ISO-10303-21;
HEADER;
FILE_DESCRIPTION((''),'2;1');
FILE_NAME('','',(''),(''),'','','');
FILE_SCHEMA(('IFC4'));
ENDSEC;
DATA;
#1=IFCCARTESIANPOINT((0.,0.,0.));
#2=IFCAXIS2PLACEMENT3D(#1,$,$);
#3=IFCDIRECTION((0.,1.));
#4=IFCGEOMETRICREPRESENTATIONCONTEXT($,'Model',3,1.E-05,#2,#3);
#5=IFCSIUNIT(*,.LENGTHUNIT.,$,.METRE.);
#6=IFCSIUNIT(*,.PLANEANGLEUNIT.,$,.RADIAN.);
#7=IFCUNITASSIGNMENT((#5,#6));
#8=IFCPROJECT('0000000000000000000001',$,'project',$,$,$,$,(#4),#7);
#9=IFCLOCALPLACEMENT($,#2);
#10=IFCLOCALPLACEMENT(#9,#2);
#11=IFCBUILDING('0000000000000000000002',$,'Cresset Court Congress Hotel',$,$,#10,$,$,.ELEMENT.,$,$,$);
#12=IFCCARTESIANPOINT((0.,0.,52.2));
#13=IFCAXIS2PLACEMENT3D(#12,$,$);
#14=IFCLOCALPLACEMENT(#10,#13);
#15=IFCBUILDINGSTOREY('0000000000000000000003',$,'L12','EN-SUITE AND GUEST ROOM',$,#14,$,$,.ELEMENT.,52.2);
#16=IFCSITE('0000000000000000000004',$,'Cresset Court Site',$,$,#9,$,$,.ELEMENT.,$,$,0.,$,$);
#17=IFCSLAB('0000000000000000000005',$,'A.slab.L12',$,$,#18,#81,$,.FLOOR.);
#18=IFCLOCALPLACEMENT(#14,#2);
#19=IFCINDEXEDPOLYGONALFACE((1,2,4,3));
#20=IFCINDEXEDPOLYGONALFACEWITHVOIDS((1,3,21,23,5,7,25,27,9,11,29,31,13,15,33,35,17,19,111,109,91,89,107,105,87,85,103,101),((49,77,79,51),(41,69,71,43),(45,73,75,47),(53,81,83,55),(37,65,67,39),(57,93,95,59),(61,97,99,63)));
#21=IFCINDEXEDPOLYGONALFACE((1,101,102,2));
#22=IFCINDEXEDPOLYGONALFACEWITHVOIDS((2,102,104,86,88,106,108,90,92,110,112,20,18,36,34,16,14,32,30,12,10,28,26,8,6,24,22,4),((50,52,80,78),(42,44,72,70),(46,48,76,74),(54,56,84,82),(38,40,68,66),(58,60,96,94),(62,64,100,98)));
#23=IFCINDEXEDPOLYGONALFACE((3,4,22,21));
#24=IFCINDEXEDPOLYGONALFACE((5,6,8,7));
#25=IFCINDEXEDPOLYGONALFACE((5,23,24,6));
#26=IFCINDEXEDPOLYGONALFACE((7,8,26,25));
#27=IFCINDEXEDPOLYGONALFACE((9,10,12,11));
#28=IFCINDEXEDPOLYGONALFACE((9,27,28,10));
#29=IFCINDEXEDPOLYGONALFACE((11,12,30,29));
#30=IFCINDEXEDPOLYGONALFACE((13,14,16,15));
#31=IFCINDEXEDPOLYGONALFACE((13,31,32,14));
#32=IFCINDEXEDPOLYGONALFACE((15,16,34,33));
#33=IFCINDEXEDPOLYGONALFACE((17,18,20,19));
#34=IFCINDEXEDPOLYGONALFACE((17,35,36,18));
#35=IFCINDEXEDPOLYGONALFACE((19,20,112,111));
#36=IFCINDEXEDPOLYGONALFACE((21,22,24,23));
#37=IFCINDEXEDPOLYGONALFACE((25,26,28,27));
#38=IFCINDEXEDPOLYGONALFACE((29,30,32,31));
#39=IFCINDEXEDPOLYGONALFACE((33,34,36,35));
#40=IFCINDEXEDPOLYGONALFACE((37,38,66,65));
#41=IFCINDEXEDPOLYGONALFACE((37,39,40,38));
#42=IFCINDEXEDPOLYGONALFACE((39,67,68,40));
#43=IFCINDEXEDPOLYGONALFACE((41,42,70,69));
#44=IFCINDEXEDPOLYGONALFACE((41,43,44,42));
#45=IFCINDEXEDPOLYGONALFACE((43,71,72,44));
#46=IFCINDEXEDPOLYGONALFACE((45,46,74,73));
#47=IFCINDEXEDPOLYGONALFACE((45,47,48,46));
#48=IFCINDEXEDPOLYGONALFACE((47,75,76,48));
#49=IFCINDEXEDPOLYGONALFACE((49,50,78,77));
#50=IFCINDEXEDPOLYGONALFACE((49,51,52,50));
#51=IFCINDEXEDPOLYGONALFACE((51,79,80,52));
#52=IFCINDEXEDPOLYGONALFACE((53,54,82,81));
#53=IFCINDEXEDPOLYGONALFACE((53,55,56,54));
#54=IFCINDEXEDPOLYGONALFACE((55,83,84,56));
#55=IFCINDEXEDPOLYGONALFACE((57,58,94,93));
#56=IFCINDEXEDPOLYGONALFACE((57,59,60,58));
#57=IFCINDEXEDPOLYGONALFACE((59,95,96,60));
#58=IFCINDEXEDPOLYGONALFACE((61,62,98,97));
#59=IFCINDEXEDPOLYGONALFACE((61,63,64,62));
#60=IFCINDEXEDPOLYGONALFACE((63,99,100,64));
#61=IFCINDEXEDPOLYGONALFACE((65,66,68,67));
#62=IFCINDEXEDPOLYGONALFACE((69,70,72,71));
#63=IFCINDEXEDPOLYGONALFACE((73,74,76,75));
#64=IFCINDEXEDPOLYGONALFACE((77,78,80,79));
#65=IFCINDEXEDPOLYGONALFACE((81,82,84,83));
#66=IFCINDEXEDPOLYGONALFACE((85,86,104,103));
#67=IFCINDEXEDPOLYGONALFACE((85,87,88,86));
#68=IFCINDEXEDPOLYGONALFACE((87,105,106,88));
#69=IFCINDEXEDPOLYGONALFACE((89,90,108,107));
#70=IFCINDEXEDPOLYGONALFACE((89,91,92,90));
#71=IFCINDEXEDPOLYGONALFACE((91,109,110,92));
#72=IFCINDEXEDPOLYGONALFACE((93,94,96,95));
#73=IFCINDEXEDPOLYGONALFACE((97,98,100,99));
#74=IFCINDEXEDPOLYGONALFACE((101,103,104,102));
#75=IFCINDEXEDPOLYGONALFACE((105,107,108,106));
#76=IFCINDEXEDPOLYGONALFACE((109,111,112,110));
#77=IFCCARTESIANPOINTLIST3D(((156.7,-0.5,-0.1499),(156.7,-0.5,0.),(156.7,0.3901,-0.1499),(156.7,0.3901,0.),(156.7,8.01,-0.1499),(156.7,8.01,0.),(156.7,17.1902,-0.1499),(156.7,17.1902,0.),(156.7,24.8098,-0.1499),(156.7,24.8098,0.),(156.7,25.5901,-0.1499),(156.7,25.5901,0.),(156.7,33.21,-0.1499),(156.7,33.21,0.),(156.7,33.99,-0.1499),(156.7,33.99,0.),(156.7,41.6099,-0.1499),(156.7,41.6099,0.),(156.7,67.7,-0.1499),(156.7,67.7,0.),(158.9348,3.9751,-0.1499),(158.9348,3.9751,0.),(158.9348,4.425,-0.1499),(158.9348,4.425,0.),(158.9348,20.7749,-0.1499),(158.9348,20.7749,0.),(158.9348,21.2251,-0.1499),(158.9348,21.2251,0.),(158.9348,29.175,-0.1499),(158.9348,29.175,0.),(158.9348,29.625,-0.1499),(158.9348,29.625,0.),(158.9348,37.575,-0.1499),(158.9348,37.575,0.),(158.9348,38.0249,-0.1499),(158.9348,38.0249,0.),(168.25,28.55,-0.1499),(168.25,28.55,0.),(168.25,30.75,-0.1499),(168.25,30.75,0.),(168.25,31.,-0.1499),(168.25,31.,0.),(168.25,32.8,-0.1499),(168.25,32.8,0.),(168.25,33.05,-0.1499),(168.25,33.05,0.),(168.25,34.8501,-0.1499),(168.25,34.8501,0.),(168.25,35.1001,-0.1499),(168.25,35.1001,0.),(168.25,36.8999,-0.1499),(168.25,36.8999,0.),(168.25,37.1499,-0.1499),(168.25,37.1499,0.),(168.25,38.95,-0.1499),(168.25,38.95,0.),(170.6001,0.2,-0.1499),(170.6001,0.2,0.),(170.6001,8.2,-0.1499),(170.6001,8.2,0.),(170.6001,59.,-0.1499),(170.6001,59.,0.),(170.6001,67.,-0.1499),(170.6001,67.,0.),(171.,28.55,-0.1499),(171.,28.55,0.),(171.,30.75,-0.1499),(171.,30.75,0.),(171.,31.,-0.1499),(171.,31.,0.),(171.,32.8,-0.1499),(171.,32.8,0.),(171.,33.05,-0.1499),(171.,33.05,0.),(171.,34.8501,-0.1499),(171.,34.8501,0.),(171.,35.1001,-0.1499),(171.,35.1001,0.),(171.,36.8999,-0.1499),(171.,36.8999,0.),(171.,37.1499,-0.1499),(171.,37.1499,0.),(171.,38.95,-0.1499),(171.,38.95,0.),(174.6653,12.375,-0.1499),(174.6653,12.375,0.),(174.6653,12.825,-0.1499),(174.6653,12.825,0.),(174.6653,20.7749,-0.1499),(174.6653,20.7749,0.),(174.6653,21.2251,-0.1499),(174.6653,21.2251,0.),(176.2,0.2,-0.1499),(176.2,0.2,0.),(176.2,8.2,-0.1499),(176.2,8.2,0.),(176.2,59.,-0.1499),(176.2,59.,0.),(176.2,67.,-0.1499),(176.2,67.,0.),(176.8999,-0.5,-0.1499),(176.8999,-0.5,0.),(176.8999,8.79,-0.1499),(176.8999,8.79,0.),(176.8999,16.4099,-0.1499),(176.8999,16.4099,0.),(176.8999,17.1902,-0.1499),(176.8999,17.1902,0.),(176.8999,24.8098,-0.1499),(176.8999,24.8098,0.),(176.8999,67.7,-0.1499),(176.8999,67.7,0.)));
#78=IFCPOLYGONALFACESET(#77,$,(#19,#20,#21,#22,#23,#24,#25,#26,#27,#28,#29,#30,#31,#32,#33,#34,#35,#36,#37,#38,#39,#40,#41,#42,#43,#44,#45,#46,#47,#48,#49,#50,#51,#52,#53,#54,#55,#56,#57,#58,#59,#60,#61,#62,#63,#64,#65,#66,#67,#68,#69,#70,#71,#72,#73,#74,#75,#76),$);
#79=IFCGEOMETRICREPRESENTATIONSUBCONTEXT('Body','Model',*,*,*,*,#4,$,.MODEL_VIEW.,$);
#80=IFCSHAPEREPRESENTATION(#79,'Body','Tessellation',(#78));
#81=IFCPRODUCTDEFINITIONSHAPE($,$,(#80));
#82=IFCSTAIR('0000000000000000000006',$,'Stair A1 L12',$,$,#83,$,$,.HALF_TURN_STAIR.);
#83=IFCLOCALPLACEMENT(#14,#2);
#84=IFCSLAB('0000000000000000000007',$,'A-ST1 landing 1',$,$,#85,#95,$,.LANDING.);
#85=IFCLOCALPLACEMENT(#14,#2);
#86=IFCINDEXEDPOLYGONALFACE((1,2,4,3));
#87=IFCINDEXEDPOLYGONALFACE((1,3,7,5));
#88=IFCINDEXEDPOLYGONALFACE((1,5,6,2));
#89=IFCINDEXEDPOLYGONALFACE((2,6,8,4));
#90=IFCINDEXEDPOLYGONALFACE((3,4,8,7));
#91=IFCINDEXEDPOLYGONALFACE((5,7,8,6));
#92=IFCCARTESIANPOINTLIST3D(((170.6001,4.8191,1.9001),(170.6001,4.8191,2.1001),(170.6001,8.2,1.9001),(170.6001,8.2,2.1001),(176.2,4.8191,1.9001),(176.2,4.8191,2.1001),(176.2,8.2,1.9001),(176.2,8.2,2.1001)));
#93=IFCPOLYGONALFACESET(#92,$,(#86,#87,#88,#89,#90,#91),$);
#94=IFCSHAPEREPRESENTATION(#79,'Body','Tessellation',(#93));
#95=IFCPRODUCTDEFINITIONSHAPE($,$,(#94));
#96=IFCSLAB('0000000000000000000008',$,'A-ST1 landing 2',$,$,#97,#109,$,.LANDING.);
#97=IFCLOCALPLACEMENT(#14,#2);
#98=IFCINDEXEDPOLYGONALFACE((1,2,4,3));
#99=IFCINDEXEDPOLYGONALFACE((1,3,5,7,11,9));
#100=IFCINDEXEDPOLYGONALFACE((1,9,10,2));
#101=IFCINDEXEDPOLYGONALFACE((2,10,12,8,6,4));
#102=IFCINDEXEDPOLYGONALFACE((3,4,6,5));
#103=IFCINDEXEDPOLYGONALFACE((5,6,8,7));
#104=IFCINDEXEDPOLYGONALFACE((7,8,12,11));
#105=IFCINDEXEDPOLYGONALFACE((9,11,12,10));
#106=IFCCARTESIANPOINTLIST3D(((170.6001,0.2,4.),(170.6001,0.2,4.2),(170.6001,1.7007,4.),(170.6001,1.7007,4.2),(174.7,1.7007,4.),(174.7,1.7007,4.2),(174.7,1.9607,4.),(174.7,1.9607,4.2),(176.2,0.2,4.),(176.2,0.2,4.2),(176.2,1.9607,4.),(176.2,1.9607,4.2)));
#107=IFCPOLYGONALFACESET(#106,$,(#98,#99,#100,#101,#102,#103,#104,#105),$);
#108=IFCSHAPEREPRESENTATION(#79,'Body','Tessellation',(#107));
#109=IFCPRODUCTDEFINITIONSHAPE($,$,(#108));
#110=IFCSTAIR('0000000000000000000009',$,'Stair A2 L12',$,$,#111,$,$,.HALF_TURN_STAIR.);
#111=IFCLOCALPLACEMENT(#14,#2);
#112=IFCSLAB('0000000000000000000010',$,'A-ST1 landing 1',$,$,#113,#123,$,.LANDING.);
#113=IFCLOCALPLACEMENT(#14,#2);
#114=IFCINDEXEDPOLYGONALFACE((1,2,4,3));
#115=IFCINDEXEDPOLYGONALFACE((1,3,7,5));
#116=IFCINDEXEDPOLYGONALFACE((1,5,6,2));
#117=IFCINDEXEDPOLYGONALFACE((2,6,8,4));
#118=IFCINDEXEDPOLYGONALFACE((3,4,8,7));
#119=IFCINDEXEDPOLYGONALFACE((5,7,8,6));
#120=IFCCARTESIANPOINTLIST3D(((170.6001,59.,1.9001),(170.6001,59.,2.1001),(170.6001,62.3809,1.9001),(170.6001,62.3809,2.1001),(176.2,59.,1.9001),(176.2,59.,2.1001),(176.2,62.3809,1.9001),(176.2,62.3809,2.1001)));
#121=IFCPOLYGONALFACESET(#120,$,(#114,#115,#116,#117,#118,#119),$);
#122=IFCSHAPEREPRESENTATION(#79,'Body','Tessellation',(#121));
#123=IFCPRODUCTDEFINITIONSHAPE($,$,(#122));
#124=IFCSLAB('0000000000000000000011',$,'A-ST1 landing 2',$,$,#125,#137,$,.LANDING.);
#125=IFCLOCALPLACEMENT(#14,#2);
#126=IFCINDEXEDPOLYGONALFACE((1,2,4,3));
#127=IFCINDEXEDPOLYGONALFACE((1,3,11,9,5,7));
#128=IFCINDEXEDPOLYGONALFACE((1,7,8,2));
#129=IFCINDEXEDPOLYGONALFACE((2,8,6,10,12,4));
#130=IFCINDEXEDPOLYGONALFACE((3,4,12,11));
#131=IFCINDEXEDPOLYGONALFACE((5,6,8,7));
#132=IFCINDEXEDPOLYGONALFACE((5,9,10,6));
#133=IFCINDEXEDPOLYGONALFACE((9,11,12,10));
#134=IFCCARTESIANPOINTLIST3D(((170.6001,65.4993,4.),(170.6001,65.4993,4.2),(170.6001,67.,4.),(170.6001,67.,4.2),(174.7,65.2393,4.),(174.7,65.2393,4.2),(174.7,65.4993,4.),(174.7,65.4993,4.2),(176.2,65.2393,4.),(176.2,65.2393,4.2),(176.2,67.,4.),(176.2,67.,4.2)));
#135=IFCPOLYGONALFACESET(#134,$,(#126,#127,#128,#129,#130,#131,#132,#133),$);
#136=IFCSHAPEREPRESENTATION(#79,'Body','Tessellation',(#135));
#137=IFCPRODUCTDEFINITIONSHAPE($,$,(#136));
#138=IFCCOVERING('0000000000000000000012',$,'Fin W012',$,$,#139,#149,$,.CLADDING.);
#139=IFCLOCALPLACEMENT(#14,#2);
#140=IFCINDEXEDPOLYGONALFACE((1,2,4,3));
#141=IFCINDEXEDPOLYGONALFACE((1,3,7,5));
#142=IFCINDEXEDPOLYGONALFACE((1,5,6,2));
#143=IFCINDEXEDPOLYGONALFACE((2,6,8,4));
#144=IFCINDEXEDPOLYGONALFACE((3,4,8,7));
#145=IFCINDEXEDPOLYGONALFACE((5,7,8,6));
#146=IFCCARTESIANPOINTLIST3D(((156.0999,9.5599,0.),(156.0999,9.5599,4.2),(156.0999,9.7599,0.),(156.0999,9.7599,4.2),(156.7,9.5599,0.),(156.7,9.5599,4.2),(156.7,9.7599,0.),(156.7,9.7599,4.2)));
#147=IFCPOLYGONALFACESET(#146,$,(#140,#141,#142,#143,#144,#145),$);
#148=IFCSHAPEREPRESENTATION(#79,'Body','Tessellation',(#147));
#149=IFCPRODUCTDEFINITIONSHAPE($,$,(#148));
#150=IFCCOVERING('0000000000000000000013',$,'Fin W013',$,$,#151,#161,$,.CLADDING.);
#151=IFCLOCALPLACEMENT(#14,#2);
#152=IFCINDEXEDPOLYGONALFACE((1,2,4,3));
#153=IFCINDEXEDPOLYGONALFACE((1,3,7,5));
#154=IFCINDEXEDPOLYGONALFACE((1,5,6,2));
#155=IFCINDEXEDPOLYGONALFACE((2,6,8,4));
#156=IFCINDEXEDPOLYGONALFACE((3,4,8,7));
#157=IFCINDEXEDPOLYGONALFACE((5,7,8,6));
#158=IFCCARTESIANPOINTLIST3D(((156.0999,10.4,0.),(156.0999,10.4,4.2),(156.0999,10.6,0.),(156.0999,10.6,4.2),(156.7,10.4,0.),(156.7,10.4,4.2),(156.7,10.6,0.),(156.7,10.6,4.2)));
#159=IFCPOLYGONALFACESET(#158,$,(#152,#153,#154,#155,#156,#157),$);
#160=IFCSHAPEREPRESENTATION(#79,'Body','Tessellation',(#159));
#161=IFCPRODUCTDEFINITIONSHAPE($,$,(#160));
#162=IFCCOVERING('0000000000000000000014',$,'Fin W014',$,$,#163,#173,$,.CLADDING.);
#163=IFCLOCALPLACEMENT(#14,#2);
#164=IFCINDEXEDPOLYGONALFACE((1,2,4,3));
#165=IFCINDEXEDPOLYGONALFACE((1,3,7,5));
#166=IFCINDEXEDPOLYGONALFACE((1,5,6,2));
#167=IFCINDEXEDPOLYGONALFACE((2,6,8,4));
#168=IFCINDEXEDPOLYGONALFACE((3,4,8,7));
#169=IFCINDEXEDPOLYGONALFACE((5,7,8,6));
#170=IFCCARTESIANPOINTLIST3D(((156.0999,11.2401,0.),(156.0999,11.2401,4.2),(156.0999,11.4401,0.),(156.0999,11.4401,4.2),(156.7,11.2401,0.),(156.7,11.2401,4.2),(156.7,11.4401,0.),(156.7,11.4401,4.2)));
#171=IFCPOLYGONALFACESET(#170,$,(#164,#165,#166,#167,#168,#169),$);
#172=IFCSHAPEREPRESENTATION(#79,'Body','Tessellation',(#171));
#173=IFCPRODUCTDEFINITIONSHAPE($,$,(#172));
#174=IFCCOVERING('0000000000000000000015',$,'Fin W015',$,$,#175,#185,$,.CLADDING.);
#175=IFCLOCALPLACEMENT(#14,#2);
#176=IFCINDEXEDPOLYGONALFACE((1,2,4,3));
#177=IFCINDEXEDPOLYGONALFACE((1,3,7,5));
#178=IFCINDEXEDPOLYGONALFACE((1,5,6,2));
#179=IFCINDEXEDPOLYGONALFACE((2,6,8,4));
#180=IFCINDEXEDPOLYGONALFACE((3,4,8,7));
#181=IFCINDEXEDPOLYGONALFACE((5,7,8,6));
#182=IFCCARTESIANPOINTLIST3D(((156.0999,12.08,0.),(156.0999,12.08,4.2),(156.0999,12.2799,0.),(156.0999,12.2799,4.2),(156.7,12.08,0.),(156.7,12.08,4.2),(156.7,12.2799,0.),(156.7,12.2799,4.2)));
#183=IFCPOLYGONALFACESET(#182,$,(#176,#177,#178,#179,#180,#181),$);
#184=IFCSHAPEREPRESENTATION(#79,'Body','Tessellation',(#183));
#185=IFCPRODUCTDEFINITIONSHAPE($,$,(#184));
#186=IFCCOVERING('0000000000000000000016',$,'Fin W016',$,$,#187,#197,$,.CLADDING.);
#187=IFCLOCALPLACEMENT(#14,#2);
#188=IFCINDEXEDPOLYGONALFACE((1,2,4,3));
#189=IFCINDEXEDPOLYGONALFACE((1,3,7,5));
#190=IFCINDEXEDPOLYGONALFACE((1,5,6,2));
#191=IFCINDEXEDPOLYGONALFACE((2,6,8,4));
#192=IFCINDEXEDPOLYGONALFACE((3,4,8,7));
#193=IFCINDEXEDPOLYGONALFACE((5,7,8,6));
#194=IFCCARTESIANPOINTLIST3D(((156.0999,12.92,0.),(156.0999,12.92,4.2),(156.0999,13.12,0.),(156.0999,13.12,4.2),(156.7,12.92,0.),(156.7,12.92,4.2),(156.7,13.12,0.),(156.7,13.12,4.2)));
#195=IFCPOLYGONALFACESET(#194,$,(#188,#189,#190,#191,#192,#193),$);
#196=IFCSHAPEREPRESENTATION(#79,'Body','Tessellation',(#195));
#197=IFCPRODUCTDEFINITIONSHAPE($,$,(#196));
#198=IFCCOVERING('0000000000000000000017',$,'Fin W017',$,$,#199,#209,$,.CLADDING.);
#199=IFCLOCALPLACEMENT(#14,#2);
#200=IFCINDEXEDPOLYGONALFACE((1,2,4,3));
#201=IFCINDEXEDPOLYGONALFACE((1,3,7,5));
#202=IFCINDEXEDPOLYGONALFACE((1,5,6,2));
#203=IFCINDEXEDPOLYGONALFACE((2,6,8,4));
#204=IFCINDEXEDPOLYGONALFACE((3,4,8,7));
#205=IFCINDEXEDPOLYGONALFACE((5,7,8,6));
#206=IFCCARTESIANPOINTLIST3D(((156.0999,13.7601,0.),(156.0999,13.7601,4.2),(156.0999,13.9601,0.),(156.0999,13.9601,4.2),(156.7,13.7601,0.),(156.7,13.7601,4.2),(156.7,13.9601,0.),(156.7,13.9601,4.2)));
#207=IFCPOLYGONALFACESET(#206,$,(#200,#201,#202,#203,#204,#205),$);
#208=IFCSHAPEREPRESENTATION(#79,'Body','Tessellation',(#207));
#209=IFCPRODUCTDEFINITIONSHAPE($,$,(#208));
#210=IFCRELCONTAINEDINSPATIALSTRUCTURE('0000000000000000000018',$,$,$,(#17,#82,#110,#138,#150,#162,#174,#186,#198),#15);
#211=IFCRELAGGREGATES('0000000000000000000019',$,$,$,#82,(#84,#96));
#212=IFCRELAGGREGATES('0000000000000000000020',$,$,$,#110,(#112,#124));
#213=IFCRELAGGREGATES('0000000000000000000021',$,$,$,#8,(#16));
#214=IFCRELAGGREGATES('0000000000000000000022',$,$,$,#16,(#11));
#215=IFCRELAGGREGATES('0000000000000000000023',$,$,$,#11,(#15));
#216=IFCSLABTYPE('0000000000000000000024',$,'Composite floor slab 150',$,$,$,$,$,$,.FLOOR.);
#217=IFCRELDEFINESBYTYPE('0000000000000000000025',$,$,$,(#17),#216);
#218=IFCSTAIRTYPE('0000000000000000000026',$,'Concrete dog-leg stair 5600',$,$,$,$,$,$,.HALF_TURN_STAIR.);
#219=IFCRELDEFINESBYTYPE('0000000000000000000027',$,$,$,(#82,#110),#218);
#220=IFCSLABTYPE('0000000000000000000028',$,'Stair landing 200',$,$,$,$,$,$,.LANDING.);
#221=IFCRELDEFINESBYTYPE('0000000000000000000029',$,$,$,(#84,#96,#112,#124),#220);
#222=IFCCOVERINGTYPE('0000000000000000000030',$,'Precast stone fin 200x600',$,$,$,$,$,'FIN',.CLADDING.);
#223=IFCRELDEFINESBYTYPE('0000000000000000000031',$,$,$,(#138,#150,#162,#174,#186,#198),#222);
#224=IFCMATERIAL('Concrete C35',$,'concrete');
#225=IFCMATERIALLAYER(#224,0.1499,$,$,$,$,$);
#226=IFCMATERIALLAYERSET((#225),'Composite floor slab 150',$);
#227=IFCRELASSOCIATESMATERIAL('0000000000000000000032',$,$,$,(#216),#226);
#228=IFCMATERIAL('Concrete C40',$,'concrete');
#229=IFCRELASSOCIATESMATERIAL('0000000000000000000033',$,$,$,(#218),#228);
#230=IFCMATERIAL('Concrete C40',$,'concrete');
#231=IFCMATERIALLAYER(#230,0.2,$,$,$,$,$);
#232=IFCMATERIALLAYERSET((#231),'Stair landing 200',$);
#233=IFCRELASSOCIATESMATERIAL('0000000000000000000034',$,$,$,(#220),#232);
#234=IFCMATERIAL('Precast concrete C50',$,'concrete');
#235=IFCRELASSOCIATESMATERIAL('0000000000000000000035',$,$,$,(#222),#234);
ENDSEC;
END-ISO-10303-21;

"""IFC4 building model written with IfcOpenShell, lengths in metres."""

from ifc_helpers import new_model, si_unit, direction, frame, origin, origin_2d, place, context, subcontext, project, spatial, polyline, rectangle, outline, extrude, material, layer, layer_set, type_object, element, aggregate, save


model = new_model("IFC4")

# Units and contexts
model_context = context("Model", 3, precision=1e-05, world=origin(), true_north=direction((0.0, 1.0)))
body_context = subcontext(model_context, "Body", "Model", "MODEL_VIEW")
ifc_project = project(units=[si_unit("LENGTHUNIT", "METRE"), si_unit("PLANEANGLEUNIT", "RADIAN")], contexts=[model_context])

# Site, building, storey
site_placement = place(None, origin())
site = spatial("IfcSite", under=ifc_project, at=site_placement, Name="Cresset Court Site", CompositionType="ELEMENT", RefElevation=0.0)
building_placement = place(site_placement, origin())
building = spatial("IfcBuilding", under=site, at=building_placement, Name="Cresset Court Congress Hotel", CompositionType="ELEMENT")
storey_placement = place(building_placement, frame((0.0, 0.0, 52.2)))
storey = spatial("IfcBuildingStorey", under=building, at=storey_placement, Name="L12", Description="EN-SUITE AND GUEST ROOM", CompositionType="ELEMENT", Elevation=52.2)

# Slab
ifc_material_1 = material(Name="Concrete C35", Category="concrete")
ifc_layer_1 = layer(ifc_material_1, 0.1499)
ifc_layer_set_1 = layer_set([ifc_layer_1], Name="Composite floor slab 150")
slab_type_1 = type_object("IfcSlabType", Name="Composite floor slab 150", PredefinedType="FLOOR", material=ifc_layer_set_1)
slab_1_placement = place(storey_placement, frame((0.0, 0.0, -0.1499)))
element("IfcSlab", 1, at=slab_1_placement, inside=storey, type_object=slab_type_1, Name="A.slab.L12", PredefinedType="FLOOR", context=body_context, shape_type="SweptSolid", body=[
    extrude(outline(polyline([(156.7, -0.5), (176.8999, -0.5), (176.8999, 8.79), (174.6653, 12.375), (174.6653, 12.825), (176.8999, 16.4099), (176.8999, 17.1902), (174.6653, 20.7749), (174.6653, 21.2251), (176.8999, 24.8098), (176.8999, 67.7), (156.7, 67.7), (156.7, 41.6099), (158.9348, 38.0249), (158.9348, 37.575), (156.7, 33.99), (156.7, 33.21), (158.9348, 29.625), (158.9348, 29.175), (156.7, 25.5901), (156.7, 24.8098), (158.9348, 21.2251), (158.9348, 20.7749), (156.7, 17.1902), (156.7, 8.01), (158.9348, 4.425), (158.9348, 3.9751), (156.7, 0.3901), (156.7, -0.5)]), holes=[polyline([(170.6001, 0.2), (176.2, 0.2), (176.2, 8.2), (170.6001, 8.2), (170.6001, 0.2)]), polyline([(170.6001, 59.0), (176.2, 59.0), (176.2, 67.0), (170.6001, 67.0), (170.6001, 59.0)]), polyline([(168.25, 28.55), (171.0, 28.55), (171.0, 30.75), (168.25, 30.75), (168.25, 28.55)]), polyline([(168.25, 31.0), (171.0, 31.0), (171.0, 32.8), (168.25, 32.8), (168.25, 31.0)]), polyline([(168.25, 33.05), (171.0, 33.05), (171.0, 34.8501), (168.25, 34.8501), (168.25, 33.05)]), polyline([(168.25, 35.1001), (171.0, 35.1001), (171.0, 36.8999), (168.25, 36.8999), (168.25, 35.1001)]), polyline([(168.25, 37.1499), (171.0, 37.1499), (171.0, 38.95), (168.25, 38.95), (168.25, 37.1499)])]), origin(), (0.0, 0.0, 1.0), 0.1499),
])

# Stairs, slabs
ifc_material_2 = material(Name="Concrete C40", Category="concrete")
stair_type = type_object("IfcStairType", Name="Concrete dog-leg stair 5600", PredefinedType="HALF_TURN_STAIR", material=ifc_material_2)
stair_1_placement = place(storey_placement, origin())
stair_1 = element("IfcStair", 2, at=stair_1_placement, inside=storey, type_object=stair_type, Name="Stair A1 L12", PredefinedType="HALF_TURN_STAIR")
ifc_material_3 = material(Name="Concrete C40", Category="concrete")
ifc_layer_2 = layer(ifc_material_3, 0.2)
ifc_layer_set_2 = layer_set([ifc_layer_2], Name="Stair landing 200")
slab_type_2 = type_object("IfcSlabType", Name="Stair landing 200", PredefinedType="LANDING", material=ifc_layer_set_2)
slab_2_placement = place(storey_placement, frame((0.0, 0.0, 1.9001)))
slab_2 = element("IfcSlab", 3, at=slab_2_placement, type_object=slab_type_2, Name="A-ST1 landing 1", PredefinedType="LANDING", context=body_context, shape_type="SweptSolid", body=[
    extrude(outline(polyline([(170.6001, 4.8191), (176.2, 4.8191), (176.2, 8.2), (170.6001, 8.2), (170.6001, 4.8191)])), origin(), (0.0, 0.0, 1.0), 0.2),
])
slab_3_placement = place(storey_placement, frame((0.0, 0.0, 4.0)))
slab_3 = element("IfcSlab", 4, at=slab_3_placement, type_object=slab_type_2, Name="A-ST1 landing 2", PredefinedType="LANDING", context=body_context, shape_type="SweptSolid", body=[
    extrude(outline(polyline([(170.6001, 0.2), (176.2, 0.2), (176.2, 1.9607), (174.7, 1.9607), (174.7, 1.7007), (170.6001, 1.7007), (170.6001, 0.2)])), origin(), (0.0, 0.0, 1.0), 0.2),
])
aggregate(stair_1, [slab_2, slab_3])
stair_2_placement = place(storey_placement, origin())
stair_2 = element("IfcStair", 5, at=stair_2_placement, inside=storey, type_object=stair_type, Name="Stair A2 L12", PredefinedType="HALF_TURN_STAIR")
slab_4_placement = place(storey_placement, frame((0.0, 0.0, 1.9001)))
slab_4 = element("IfcSlab", 6, at=slab_4_placement, type_object=slab_type_2, Name="A-ST1 landing 1", PredefinedType="LANDING", context=body_context, shape_type="SweptSolid", body=[
    extrude(outline(polyline([(170.6001, 62.3809), (176.2, 62.3809), (176.2, 59.0), (170.6001, 59.0), (170.6001, 62.3809)])), origin(), (0.0, 0.0, 1.0), 0.2),
])
slab_5_placement = place(storey_placement, frame((0.0, 0.0, 4.0)))
slab_5 = element("IfcSlab", 7, at=slab_5_placement, type_object=slab_type_2, Name="A-ST1 landing 2", PredefinedType="LANDING", context=body_context, shape_type="SweptSolid", body=[
    extrude(outline(polyline([(170.6001, 67.0), (176.2, 67.0), (176.2, 65.2393), (174.7, 65.2393), (174.7, 65.4993), (170.6001, 65.4993), (170.6001, 67.0)])), origin(), (0.0, 0.0, 1.0), 0.2),
])
aggregate(stair_2, [slab_4, slab_5])

# Coverings
ifc_material_4 = material(Name="Precast concrete C50", Category="concrete")
covering_type_1 = type_object("IfcCoveringType", Name="Precast stone fin 200x600", ElementType="FIN", PredefinedType="CLADDING", material=ifc_material_4)
for number, where, z_axis, x_axis, name in (
    (8, (156.3999, 9.6599, 0.0), (0.0, 0.0, 1.0), (1.0, 0.0, 0.0), "Fin W012"),
    (9, (156.3999, 10.5, 0.0), (0.0, 0.0, 1.0), (1.0, 0.0, 0.0), "Fin W013"),
    (10, (156.3999, 11.3401, 0.0), (0.0, 0.0, 1.0), (1.0, 0.0, 0.0), "Fin W014"),
    (11, (156.3999, 12.1799, 0.0), (0.0, 0.0, 1.0), (1.0, 0.0, 0.0), "Fin W015"),
    (12, (156.3999, 13.02, 0.0), (0.0, 0.0, 1.0), (1.0, 0.0, 0.0), "Fin W016"),
    (13, (156.3999, 13.8601, 0.0), (0.0, 0.0, 1.0), (1.0, 0.0, 0.0), "Fin W017"),
):
    element("IfcCovering", number, at=place(storey_placement, frame(where, z_axis=z_axis, x_axis=x_axis)), inside=storey, type_object=covering_type_1, Name=name, PredefinedType="CLADDING", context=body_context, shape_type="SweptSolid", body=[
        extrude(rectangle(XDim=0.6001, YDim=0.2, at=origin_2d()), origin(), (0.0, 0.0, 1.0), 4.2),
    ])

save(model, "model.ifc")
